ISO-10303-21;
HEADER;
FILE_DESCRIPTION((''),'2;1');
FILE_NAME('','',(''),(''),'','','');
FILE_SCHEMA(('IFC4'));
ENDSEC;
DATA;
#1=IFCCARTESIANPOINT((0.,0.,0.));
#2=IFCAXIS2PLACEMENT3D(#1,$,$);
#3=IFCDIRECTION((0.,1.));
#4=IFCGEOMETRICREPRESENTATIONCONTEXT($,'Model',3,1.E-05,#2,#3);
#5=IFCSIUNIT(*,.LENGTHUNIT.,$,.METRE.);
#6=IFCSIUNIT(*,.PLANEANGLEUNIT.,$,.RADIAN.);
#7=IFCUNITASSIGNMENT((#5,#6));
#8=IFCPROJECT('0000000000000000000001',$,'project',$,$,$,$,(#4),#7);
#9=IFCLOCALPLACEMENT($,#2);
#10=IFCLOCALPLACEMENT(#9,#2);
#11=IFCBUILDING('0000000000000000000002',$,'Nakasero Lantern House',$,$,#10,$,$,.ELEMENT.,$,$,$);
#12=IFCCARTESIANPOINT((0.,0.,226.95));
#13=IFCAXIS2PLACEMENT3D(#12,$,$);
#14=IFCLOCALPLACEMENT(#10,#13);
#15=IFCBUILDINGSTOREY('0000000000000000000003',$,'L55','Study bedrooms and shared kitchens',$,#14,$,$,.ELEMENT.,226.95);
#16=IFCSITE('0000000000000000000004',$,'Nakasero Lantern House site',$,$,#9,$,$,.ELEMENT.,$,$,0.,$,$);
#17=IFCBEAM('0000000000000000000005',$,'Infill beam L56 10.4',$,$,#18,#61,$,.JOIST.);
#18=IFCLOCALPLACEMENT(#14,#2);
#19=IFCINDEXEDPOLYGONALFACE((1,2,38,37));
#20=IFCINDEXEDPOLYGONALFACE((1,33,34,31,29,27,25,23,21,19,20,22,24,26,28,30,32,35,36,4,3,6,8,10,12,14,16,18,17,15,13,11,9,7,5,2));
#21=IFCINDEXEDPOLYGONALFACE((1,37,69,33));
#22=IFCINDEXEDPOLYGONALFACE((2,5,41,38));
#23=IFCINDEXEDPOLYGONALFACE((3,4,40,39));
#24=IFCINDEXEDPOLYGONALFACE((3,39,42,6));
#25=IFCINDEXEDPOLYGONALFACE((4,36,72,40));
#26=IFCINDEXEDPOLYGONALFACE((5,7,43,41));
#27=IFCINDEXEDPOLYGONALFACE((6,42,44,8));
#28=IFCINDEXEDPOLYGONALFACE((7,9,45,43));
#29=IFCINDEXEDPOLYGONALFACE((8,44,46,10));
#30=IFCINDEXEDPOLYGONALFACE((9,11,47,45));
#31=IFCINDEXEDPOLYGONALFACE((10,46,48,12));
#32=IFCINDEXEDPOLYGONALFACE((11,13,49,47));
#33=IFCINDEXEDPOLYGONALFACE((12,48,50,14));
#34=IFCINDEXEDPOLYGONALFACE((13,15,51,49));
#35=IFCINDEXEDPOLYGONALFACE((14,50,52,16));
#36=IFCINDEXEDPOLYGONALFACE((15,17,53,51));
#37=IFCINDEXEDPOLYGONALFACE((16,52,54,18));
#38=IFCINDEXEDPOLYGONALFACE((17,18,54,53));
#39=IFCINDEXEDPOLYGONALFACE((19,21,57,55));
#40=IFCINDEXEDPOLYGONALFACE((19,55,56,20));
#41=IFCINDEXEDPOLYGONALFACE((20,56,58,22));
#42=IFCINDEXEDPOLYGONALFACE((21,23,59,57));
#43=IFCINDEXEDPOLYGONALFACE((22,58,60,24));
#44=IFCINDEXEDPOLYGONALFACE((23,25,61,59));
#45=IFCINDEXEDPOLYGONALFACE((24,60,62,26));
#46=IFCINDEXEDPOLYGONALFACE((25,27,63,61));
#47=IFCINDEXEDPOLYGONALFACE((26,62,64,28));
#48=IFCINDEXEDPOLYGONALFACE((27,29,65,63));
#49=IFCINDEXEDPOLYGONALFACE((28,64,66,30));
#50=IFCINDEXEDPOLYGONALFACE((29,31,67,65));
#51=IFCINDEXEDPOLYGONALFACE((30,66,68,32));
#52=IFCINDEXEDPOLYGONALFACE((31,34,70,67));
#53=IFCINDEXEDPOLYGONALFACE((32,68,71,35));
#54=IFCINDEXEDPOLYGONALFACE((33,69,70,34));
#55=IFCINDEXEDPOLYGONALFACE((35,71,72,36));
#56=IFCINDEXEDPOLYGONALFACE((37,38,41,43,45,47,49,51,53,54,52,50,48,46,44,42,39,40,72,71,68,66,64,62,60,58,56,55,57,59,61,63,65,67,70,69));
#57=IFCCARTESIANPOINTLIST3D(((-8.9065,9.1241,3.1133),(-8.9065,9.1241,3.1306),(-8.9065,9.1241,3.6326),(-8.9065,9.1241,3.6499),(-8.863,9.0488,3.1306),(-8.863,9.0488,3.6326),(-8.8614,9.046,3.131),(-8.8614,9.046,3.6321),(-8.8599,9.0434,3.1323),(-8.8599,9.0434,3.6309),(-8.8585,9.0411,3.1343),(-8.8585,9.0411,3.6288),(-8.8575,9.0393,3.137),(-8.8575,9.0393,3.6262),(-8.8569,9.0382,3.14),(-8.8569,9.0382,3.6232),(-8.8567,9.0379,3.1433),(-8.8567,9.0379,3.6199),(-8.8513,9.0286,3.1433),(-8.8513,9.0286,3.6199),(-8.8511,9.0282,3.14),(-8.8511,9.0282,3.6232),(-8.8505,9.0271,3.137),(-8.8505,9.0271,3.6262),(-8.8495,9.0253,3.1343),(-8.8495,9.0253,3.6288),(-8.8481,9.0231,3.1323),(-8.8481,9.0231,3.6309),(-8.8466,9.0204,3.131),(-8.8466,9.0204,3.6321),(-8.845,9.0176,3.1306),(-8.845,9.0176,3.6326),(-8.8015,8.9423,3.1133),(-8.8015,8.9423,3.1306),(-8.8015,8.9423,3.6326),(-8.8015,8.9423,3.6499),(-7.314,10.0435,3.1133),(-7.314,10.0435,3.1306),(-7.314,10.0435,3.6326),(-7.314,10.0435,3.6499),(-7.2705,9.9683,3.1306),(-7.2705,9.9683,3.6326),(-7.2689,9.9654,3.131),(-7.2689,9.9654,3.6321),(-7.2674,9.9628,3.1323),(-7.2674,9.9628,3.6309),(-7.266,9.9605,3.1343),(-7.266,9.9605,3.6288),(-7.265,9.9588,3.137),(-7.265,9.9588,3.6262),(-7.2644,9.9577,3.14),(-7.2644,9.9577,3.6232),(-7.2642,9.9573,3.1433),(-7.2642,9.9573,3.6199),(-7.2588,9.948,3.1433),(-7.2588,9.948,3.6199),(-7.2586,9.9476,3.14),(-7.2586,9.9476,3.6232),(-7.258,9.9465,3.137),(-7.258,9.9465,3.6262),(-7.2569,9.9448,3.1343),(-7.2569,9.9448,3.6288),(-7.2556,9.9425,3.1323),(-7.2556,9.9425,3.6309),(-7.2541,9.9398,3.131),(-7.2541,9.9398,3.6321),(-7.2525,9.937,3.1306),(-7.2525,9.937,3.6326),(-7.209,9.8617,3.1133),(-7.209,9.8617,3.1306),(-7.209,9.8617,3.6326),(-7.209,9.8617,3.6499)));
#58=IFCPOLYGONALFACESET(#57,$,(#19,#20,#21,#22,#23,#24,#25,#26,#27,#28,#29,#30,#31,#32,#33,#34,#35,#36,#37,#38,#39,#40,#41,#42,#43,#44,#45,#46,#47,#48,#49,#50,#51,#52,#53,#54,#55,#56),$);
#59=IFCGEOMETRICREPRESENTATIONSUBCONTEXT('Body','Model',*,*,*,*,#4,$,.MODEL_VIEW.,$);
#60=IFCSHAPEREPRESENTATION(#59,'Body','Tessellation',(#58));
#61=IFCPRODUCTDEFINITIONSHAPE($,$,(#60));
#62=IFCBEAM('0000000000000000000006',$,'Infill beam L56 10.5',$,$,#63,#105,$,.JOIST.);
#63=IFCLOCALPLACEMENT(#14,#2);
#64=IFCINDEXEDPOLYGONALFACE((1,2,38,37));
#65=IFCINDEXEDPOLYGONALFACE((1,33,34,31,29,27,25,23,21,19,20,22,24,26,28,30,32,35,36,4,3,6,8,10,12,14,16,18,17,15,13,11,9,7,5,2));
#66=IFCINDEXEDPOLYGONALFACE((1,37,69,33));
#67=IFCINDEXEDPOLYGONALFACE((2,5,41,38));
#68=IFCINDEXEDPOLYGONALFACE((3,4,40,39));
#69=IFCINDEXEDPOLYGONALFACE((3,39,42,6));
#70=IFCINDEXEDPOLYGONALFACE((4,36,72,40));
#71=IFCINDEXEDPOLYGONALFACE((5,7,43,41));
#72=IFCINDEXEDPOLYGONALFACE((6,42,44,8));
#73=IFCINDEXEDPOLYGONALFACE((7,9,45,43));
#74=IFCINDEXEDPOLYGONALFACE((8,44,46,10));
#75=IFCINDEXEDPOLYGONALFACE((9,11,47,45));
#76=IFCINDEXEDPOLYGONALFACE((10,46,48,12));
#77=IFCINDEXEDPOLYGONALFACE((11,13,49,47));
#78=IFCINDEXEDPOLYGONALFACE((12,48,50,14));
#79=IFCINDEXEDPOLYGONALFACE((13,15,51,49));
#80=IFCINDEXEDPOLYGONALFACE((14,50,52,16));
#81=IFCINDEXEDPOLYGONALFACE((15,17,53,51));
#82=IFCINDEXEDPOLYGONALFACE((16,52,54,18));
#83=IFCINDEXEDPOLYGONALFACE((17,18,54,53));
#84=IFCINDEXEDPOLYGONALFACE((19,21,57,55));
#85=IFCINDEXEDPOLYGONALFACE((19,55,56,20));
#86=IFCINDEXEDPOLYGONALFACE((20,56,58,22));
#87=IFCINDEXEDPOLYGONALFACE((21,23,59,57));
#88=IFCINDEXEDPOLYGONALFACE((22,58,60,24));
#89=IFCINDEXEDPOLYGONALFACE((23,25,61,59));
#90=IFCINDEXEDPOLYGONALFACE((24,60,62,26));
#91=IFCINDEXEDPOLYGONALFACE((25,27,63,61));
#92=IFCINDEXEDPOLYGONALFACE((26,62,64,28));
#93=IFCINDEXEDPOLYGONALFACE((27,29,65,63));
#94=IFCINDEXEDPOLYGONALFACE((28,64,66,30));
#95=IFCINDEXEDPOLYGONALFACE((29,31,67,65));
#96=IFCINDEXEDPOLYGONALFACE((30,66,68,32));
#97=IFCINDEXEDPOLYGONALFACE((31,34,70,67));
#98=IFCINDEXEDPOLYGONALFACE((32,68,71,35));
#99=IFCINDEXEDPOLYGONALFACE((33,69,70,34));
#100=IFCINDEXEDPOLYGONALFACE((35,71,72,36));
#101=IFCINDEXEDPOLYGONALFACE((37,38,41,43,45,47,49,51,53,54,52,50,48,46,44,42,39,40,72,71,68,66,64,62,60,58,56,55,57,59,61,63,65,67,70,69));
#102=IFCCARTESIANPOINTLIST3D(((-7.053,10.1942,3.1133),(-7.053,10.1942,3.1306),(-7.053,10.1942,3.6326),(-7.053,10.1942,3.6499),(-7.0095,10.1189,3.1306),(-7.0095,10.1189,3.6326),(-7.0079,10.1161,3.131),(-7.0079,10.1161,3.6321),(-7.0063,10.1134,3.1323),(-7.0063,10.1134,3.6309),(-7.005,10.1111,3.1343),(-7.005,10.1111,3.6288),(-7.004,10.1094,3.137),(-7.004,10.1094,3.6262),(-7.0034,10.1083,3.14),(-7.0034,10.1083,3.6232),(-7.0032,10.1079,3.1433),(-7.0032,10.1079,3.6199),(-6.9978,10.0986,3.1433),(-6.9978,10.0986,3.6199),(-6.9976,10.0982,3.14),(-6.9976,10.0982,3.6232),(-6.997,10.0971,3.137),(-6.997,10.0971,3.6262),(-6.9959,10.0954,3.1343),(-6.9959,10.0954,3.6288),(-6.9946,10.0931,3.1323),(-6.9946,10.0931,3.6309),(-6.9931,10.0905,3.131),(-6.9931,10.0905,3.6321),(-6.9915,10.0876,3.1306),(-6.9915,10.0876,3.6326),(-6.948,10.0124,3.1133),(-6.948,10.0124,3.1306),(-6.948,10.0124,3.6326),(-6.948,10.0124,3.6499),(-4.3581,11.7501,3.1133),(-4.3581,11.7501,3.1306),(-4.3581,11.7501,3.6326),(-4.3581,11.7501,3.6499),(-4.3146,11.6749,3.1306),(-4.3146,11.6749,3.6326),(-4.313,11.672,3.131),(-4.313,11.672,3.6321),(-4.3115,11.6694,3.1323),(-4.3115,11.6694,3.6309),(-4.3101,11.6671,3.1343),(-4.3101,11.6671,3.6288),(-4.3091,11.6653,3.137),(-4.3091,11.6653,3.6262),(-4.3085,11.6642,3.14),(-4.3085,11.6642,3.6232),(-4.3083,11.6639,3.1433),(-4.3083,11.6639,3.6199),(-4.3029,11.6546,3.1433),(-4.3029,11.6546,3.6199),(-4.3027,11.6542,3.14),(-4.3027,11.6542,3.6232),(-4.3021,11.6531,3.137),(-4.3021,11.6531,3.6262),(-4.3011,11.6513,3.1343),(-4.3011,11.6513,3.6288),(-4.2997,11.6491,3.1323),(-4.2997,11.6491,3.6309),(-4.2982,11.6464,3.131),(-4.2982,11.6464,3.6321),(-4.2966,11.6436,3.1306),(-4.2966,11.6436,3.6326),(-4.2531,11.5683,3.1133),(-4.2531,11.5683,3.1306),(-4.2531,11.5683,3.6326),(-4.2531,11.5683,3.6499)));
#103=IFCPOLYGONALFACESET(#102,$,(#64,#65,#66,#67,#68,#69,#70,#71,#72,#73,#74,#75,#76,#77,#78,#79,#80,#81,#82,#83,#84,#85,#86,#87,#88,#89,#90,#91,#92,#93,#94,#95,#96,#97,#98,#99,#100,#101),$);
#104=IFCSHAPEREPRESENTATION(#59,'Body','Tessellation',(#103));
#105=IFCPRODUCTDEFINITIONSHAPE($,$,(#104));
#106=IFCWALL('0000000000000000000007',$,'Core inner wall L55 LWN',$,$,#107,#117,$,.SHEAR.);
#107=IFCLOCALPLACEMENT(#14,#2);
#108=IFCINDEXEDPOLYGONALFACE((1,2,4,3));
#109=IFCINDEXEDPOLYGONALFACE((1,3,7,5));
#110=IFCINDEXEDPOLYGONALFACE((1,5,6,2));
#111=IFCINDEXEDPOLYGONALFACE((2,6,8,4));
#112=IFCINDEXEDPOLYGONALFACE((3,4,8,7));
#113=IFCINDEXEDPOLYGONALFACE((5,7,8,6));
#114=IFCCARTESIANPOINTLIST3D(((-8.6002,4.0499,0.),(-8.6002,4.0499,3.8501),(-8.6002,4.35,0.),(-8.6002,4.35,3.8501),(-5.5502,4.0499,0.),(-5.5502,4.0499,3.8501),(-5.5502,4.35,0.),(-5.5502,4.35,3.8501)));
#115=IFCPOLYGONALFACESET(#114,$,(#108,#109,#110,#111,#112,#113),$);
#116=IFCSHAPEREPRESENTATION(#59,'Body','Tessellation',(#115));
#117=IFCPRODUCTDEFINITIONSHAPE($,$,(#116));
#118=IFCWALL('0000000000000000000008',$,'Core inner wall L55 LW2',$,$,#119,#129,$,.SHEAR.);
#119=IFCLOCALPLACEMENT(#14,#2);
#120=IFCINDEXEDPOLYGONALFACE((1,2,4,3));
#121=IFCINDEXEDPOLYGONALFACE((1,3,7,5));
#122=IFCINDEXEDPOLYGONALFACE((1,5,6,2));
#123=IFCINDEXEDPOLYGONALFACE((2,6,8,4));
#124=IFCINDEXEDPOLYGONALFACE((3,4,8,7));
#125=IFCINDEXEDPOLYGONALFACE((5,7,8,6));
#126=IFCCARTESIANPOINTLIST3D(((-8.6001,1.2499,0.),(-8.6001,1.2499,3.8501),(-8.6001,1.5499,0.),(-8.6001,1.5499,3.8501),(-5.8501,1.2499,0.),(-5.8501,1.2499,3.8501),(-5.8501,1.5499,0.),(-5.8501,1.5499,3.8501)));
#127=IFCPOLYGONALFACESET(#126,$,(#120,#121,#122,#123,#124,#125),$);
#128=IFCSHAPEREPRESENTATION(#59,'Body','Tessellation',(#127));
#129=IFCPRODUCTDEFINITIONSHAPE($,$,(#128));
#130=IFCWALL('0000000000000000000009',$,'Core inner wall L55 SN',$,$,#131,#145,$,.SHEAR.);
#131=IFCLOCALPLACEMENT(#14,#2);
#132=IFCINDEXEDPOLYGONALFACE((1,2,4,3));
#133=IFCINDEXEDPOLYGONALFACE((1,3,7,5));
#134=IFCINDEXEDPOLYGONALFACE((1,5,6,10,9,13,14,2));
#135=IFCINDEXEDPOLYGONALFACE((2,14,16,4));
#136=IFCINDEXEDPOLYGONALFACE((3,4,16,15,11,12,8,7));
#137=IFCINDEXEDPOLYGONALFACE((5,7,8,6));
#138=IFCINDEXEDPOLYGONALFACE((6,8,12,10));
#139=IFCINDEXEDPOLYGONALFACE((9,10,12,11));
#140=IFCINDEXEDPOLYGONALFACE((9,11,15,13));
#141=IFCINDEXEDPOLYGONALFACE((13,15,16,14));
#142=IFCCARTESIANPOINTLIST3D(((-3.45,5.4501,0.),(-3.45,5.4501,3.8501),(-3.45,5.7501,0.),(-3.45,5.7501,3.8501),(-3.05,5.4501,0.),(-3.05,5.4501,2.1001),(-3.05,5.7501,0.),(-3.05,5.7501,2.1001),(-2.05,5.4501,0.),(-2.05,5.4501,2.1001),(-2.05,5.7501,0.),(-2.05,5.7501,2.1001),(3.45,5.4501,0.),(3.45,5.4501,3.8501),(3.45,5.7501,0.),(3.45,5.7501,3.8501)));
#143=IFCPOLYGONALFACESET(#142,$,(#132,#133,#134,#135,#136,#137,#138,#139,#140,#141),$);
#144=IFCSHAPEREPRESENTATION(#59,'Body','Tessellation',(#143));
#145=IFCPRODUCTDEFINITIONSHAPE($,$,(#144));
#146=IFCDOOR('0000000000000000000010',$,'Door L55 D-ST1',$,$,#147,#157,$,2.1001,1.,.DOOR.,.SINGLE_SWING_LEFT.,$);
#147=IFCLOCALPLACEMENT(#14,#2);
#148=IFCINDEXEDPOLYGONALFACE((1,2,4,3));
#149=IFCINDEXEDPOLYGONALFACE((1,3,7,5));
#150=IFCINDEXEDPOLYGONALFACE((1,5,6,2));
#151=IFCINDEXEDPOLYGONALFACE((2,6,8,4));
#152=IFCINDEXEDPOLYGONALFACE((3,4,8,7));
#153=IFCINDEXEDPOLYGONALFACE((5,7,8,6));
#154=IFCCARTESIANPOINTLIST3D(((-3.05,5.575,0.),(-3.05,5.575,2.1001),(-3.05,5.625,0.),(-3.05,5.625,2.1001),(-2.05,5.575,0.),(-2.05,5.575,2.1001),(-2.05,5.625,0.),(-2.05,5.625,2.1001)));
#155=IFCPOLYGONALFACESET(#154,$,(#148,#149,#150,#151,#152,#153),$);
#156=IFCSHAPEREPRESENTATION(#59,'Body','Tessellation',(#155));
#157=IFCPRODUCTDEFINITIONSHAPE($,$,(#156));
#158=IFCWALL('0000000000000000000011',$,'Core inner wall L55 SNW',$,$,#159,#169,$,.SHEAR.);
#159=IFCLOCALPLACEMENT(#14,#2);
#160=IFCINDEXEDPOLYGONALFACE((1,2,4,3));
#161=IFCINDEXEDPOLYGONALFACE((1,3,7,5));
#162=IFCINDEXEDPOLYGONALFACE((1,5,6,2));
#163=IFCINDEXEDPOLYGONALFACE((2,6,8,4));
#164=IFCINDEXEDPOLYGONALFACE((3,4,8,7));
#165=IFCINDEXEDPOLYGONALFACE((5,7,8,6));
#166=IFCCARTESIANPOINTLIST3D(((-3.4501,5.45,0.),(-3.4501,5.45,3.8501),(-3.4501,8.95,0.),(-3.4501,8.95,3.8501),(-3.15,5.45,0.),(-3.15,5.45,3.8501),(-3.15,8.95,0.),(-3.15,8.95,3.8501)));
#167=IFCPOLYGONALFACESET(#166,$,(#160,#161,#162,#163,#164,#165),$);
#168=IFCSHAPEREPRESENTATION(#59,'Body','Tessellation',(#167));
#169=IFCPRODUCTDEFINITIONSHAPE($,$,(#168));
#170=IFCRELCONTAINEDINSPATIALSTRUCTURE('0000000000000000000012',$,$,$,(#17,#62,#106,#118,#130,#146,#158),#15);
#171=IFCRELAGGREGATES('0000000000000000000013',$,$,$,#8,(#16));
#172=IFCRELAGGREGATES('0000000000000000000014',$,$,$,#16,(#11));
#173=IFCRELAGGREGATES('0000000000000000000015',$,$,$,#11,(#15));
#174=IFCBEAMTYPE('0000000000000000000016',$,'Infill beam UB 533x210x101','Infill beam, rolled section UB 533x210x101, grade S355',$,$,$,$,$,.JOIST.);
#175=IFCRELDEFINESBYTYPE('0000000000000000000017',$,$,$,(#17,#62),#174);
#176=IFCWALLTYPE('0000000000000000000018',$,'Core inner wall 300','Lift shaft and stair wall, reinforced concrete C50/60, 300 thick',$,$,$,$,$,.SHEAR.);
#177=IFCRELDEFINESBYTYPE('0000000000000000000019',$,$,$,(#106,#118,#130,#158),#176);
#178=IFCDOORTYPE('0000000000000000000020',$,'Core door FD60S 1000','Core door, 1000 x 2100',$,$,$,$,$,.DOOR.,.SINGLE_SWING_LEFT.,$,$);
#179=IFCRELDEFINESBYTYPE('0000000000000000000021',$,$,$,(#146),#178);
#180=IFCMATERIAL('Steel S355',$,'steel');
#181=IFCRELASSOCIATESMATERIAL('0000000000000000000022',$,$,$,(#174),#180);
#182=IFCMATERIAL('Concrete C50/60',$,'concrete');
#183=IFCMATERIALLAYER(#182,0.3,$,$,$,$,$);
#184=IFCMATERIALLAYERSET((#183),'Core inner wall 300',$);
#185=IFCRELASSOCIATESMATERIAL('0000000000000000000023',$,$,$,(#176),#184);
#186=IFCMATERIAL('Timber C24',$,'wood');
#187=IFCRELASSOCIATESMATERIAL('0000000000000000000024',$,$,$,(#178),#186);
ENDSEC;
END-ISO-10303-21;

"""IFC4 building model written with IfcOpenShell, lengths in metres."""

from ifc_helpers import new_model, si_unit, direction, frame, frame_2d, origin, origin_2d, place, context, subcontext, project, spatial, rectangle, i_section, extrude, material, layer, layer_set, material_profile, profile_set, type_object, element, fill, save


model = new_model("IFC4")

# Units and contexts
model_context = context("Model", 3, precision=1e-05, world=origin(), true_north=direction((0.0, 1.0)))
body_context = subcontext(model_context, "Body", "Model", "MODEL_VIEW")
ifc_project = project(units=[si_unit("LENGTHUNIT", "METRE"), si_unit("PLANEANGLEUNIT", "RADIAN")], contexts=[model_context])

# Site, building, storey
site_placement = place(None, origin())
site = spatial("IfcSite", under=ifc_project, at=site_placement, Name="Nakasero Lantern House site", CompositionType="ELEMENT", RefElevation=0.0)
building_placement = place(site_placement, origin())
building = spatial("IfcBuilding", under=site, at=building_placement, Name="Nakasero Lantern House", CompositionType="ELEMENT")
storey_placement = place(building_placement, frame((0.0, 0.0, 226.95)))
storey = spatial("IfcBuildingStorey", under=building, at=storey_placement, Name="L55", Description="Study bedrooms and shared kitchens", CompositionType="ELEMENT", Elevation=226.95)

# Beams
ifc_material_1 = material(Name="Steel S355", Category="steel")
ifc_material_profile = material_profile(ifc_material_1, i_section(OverallWidth=0.21, OverallDepth=0.5366, WebThickness=0.0107, FlangeThickness=0.0173, FilletRadius=0.0127, at=origin_2d()), Name="UB 533x210x101")
ifc_profile_set = profile_set([ifc_material_profile], Name="Steel S355")
beam_type = type_object("IfcBeamType", Name="Infill beam UB 533x210x101", Description="Infill beam, rolled section UB 533x210x101, grade S355", PredefinedType="JOIST", material=ifc_profile_set)
beam_1_placement = place(storey_placement, frame((-8.854, 9.0332, 3.3816), z_axis=(0.866029, 0.499994, 0.0), x_axis=(-0.499994, 0.866029, 0.0)))
element("IfcBeam", 1, at=beam_1_placement, inside=storey, type_object=beam_type, Name="Infill beam L56 10.4", PredefinedType="JOIST", context=body_context, shape_type="SweptSolid", body=[
    extrude(i_section(OverallWidth=0.21, OverallDepth=0.5366, WebThickness=0.0107, FlangeThickness=0.0173, FilletRadius=0.0127, at=origin_2d()), origin(), (0.0, 0.0, 1.0), 1.8389),
])
beam_2_placement = place(storey_placement, frame((-7.0005, 10.1033, 3.3816), z_axis=(0.866018, 0.500012, 0.0), x_axis=(-0.500012, 0.866018, 0.0)))
element("IfcBeam", 2, at=beam_2_placement, inside=storey, type_object=beam_type, Name="Infill beam L56 10.5", PredefinedType="JOIST", context=body_context, shape_type="SweptSolid", body=[
    extrude(i_section(OverallWidth=0.21, OverallDepth=0.5366, WebThickness=0.0107, FlangeThickness=0.0173, FilletRadius=0.0127, at=origin_2d()), origin(), (0.0, 0.0, 1.0), 3.1118),
])

# Walls
ifc_material_2 = material(Name="Concrete C50/60", Category="concrete")
ifc_layer_1 = layer(ifc_material_2, 0.3)
ifc_layer_set_1 = layer_set([ifc_layer_1], Name="Core inner wall 300")
wall_type_1 = type_object("IfcWallType", Name="Core inner wall 300", Description="Lift shaft and stair wall, reinforced concrete C50/60, 300 thick", PredefinedType="SHEAR", material=ifc_layer_set_1)
wall_1_placement = place(storey_placement, frame((-8.6001, 4.2, 0.0), z_axis=(0.0, 0.0, 1.0), x_axis=(1.0, 0.0, 0.0)))
element("IfcWall", 3, at=wall_1_placement, inside=storey, type_object=wall_type_1, Name="Core inner wall L55 LWN", PredefinedType="SHEAR", context=body_context, shape_type="SweptSolid", body=[
    extrude(rectangle(XDim=3.05, YDim=0.3, at=frame_2d((1.5249, 0.0))), origin(), (0.0, 0.0, 1.0), 3.8501),
])
wall_2_placement = place(storey_placement, frame((-8.6001, 1.3999, 0.0), z_axis=(0.0, 0.0, 1.0), x_axis=(1.0, 0.0, 0.0)))
element("IfcWall", 4, at=wall_2_placement, inside=storey, type_object=wall_type_1, Name="Core inner wall L55 LW2", PredefinedType="SHEAR", context=body_context, shape_type="SweptSolid", body=[
    extrude(rectangle(XDim=2.75, YDim=0.3, at=frame_2d((1.375, 0.0))), origin(), (0.0, 0.0, 1.0), 3.8501),
])

# Wall, opening, door
wall_3_placement = place(storey_placement, frame((-3.45, 5.6001, 0.0), z_axis=(0.0, 0.0, 1.0), x_axis=(1.0, 0.0, 0.0)))
wall_3 = element("IfcWall", 5, at=wall_3_placement, inside=storey, type_object=wall_type_1, Name="Core inner wall L55 SN", PredefinedType="SHEAR", context=body_context, shape_type="SweptSolid", body=[
    extrude(rectangle(XDim=6.8999, YDim=0.3, at=frame_2d((3.45, 0.0))), origin(), (0.0, 0.0, 1.0), 3.8501),
])
opening_1_placement = place(wall_3_placement, frame((0.3999, 0.0, 0.0)))
opening_1 = element("IfcOpeningElement", 6, at=opening_1_placement, cuts=wall_3, PredefinedType="OPENING", context=body_context, shape_type="SweptSolid", body=[
    extrude(rectangle(XDim=1.0, YDim=2.1001, at=frame_2d((0.5, 1.05))), frame((0.0, 0.1699, 0.0), z_axis=(0.0, -1.0, 0.0), x_axis=(1.0, 0.0, 0.0)), (0.0, 0.0, 1.0), 0.3401),
])
ifc_material_3 = material(Name="Timber C24", Category="wood")
door_type_1 = type_object("IfcDoorType", Name="Core door FD60S 1000", Description="Core door, 1000 x 2100", OperationType="SINGLE_SWING_LEFT", PredefinedType="DOOR", material=ifc_material_3)
door_1_placement = place(opening_1_placement, origin())
door_1 = element("IfcDoor", 7, at=door_1_placement, inside=storey, type_object=door_type_1, Name="Door L55 D-ST1", OperationType="SINGLE_SWING_LEFT", OverallHeight=2.1001, OverallWidth=1.0, PredefinedType="DOOR", context=body_context, shape_type="SweptSolid", body=[
    extrude(rectangle(XDim=1.0, YDim=2.1001, at=frame_2d((0.5, 1.05))), frame((0.0, 0.0249, 0.0), z_axis=(0.0, -1.0, 0.0), x_axis=(1.0, 0.0, 0.0)), (0.0, 0.0, 1.0), 0.05),
])
fill(opening_1, door_1)

# Wall
wall_4_placement = place(storey_placement, frame((-3.3, 5.45, 0.0), z_axis=(0.0, 0.0, 1.0), x_axis=(0.0, 1.0, 0.0)))
element("IfcWall", 8, at=wall_4_placement, inside=storey, type_object=wall_type_1, Name="Core inner wall L55 SNW", PredefinedType="SHEAR", context=body_context, shape_type="SweptSolid", body=[
    extrude(rectangle(XDim=3.5, YDim=0.3, at=frame_2d((1.75, 0.0))), origin(), (0.0, 0.0, 1.0), 3.8501),
])

save(model, "model.ifc")
